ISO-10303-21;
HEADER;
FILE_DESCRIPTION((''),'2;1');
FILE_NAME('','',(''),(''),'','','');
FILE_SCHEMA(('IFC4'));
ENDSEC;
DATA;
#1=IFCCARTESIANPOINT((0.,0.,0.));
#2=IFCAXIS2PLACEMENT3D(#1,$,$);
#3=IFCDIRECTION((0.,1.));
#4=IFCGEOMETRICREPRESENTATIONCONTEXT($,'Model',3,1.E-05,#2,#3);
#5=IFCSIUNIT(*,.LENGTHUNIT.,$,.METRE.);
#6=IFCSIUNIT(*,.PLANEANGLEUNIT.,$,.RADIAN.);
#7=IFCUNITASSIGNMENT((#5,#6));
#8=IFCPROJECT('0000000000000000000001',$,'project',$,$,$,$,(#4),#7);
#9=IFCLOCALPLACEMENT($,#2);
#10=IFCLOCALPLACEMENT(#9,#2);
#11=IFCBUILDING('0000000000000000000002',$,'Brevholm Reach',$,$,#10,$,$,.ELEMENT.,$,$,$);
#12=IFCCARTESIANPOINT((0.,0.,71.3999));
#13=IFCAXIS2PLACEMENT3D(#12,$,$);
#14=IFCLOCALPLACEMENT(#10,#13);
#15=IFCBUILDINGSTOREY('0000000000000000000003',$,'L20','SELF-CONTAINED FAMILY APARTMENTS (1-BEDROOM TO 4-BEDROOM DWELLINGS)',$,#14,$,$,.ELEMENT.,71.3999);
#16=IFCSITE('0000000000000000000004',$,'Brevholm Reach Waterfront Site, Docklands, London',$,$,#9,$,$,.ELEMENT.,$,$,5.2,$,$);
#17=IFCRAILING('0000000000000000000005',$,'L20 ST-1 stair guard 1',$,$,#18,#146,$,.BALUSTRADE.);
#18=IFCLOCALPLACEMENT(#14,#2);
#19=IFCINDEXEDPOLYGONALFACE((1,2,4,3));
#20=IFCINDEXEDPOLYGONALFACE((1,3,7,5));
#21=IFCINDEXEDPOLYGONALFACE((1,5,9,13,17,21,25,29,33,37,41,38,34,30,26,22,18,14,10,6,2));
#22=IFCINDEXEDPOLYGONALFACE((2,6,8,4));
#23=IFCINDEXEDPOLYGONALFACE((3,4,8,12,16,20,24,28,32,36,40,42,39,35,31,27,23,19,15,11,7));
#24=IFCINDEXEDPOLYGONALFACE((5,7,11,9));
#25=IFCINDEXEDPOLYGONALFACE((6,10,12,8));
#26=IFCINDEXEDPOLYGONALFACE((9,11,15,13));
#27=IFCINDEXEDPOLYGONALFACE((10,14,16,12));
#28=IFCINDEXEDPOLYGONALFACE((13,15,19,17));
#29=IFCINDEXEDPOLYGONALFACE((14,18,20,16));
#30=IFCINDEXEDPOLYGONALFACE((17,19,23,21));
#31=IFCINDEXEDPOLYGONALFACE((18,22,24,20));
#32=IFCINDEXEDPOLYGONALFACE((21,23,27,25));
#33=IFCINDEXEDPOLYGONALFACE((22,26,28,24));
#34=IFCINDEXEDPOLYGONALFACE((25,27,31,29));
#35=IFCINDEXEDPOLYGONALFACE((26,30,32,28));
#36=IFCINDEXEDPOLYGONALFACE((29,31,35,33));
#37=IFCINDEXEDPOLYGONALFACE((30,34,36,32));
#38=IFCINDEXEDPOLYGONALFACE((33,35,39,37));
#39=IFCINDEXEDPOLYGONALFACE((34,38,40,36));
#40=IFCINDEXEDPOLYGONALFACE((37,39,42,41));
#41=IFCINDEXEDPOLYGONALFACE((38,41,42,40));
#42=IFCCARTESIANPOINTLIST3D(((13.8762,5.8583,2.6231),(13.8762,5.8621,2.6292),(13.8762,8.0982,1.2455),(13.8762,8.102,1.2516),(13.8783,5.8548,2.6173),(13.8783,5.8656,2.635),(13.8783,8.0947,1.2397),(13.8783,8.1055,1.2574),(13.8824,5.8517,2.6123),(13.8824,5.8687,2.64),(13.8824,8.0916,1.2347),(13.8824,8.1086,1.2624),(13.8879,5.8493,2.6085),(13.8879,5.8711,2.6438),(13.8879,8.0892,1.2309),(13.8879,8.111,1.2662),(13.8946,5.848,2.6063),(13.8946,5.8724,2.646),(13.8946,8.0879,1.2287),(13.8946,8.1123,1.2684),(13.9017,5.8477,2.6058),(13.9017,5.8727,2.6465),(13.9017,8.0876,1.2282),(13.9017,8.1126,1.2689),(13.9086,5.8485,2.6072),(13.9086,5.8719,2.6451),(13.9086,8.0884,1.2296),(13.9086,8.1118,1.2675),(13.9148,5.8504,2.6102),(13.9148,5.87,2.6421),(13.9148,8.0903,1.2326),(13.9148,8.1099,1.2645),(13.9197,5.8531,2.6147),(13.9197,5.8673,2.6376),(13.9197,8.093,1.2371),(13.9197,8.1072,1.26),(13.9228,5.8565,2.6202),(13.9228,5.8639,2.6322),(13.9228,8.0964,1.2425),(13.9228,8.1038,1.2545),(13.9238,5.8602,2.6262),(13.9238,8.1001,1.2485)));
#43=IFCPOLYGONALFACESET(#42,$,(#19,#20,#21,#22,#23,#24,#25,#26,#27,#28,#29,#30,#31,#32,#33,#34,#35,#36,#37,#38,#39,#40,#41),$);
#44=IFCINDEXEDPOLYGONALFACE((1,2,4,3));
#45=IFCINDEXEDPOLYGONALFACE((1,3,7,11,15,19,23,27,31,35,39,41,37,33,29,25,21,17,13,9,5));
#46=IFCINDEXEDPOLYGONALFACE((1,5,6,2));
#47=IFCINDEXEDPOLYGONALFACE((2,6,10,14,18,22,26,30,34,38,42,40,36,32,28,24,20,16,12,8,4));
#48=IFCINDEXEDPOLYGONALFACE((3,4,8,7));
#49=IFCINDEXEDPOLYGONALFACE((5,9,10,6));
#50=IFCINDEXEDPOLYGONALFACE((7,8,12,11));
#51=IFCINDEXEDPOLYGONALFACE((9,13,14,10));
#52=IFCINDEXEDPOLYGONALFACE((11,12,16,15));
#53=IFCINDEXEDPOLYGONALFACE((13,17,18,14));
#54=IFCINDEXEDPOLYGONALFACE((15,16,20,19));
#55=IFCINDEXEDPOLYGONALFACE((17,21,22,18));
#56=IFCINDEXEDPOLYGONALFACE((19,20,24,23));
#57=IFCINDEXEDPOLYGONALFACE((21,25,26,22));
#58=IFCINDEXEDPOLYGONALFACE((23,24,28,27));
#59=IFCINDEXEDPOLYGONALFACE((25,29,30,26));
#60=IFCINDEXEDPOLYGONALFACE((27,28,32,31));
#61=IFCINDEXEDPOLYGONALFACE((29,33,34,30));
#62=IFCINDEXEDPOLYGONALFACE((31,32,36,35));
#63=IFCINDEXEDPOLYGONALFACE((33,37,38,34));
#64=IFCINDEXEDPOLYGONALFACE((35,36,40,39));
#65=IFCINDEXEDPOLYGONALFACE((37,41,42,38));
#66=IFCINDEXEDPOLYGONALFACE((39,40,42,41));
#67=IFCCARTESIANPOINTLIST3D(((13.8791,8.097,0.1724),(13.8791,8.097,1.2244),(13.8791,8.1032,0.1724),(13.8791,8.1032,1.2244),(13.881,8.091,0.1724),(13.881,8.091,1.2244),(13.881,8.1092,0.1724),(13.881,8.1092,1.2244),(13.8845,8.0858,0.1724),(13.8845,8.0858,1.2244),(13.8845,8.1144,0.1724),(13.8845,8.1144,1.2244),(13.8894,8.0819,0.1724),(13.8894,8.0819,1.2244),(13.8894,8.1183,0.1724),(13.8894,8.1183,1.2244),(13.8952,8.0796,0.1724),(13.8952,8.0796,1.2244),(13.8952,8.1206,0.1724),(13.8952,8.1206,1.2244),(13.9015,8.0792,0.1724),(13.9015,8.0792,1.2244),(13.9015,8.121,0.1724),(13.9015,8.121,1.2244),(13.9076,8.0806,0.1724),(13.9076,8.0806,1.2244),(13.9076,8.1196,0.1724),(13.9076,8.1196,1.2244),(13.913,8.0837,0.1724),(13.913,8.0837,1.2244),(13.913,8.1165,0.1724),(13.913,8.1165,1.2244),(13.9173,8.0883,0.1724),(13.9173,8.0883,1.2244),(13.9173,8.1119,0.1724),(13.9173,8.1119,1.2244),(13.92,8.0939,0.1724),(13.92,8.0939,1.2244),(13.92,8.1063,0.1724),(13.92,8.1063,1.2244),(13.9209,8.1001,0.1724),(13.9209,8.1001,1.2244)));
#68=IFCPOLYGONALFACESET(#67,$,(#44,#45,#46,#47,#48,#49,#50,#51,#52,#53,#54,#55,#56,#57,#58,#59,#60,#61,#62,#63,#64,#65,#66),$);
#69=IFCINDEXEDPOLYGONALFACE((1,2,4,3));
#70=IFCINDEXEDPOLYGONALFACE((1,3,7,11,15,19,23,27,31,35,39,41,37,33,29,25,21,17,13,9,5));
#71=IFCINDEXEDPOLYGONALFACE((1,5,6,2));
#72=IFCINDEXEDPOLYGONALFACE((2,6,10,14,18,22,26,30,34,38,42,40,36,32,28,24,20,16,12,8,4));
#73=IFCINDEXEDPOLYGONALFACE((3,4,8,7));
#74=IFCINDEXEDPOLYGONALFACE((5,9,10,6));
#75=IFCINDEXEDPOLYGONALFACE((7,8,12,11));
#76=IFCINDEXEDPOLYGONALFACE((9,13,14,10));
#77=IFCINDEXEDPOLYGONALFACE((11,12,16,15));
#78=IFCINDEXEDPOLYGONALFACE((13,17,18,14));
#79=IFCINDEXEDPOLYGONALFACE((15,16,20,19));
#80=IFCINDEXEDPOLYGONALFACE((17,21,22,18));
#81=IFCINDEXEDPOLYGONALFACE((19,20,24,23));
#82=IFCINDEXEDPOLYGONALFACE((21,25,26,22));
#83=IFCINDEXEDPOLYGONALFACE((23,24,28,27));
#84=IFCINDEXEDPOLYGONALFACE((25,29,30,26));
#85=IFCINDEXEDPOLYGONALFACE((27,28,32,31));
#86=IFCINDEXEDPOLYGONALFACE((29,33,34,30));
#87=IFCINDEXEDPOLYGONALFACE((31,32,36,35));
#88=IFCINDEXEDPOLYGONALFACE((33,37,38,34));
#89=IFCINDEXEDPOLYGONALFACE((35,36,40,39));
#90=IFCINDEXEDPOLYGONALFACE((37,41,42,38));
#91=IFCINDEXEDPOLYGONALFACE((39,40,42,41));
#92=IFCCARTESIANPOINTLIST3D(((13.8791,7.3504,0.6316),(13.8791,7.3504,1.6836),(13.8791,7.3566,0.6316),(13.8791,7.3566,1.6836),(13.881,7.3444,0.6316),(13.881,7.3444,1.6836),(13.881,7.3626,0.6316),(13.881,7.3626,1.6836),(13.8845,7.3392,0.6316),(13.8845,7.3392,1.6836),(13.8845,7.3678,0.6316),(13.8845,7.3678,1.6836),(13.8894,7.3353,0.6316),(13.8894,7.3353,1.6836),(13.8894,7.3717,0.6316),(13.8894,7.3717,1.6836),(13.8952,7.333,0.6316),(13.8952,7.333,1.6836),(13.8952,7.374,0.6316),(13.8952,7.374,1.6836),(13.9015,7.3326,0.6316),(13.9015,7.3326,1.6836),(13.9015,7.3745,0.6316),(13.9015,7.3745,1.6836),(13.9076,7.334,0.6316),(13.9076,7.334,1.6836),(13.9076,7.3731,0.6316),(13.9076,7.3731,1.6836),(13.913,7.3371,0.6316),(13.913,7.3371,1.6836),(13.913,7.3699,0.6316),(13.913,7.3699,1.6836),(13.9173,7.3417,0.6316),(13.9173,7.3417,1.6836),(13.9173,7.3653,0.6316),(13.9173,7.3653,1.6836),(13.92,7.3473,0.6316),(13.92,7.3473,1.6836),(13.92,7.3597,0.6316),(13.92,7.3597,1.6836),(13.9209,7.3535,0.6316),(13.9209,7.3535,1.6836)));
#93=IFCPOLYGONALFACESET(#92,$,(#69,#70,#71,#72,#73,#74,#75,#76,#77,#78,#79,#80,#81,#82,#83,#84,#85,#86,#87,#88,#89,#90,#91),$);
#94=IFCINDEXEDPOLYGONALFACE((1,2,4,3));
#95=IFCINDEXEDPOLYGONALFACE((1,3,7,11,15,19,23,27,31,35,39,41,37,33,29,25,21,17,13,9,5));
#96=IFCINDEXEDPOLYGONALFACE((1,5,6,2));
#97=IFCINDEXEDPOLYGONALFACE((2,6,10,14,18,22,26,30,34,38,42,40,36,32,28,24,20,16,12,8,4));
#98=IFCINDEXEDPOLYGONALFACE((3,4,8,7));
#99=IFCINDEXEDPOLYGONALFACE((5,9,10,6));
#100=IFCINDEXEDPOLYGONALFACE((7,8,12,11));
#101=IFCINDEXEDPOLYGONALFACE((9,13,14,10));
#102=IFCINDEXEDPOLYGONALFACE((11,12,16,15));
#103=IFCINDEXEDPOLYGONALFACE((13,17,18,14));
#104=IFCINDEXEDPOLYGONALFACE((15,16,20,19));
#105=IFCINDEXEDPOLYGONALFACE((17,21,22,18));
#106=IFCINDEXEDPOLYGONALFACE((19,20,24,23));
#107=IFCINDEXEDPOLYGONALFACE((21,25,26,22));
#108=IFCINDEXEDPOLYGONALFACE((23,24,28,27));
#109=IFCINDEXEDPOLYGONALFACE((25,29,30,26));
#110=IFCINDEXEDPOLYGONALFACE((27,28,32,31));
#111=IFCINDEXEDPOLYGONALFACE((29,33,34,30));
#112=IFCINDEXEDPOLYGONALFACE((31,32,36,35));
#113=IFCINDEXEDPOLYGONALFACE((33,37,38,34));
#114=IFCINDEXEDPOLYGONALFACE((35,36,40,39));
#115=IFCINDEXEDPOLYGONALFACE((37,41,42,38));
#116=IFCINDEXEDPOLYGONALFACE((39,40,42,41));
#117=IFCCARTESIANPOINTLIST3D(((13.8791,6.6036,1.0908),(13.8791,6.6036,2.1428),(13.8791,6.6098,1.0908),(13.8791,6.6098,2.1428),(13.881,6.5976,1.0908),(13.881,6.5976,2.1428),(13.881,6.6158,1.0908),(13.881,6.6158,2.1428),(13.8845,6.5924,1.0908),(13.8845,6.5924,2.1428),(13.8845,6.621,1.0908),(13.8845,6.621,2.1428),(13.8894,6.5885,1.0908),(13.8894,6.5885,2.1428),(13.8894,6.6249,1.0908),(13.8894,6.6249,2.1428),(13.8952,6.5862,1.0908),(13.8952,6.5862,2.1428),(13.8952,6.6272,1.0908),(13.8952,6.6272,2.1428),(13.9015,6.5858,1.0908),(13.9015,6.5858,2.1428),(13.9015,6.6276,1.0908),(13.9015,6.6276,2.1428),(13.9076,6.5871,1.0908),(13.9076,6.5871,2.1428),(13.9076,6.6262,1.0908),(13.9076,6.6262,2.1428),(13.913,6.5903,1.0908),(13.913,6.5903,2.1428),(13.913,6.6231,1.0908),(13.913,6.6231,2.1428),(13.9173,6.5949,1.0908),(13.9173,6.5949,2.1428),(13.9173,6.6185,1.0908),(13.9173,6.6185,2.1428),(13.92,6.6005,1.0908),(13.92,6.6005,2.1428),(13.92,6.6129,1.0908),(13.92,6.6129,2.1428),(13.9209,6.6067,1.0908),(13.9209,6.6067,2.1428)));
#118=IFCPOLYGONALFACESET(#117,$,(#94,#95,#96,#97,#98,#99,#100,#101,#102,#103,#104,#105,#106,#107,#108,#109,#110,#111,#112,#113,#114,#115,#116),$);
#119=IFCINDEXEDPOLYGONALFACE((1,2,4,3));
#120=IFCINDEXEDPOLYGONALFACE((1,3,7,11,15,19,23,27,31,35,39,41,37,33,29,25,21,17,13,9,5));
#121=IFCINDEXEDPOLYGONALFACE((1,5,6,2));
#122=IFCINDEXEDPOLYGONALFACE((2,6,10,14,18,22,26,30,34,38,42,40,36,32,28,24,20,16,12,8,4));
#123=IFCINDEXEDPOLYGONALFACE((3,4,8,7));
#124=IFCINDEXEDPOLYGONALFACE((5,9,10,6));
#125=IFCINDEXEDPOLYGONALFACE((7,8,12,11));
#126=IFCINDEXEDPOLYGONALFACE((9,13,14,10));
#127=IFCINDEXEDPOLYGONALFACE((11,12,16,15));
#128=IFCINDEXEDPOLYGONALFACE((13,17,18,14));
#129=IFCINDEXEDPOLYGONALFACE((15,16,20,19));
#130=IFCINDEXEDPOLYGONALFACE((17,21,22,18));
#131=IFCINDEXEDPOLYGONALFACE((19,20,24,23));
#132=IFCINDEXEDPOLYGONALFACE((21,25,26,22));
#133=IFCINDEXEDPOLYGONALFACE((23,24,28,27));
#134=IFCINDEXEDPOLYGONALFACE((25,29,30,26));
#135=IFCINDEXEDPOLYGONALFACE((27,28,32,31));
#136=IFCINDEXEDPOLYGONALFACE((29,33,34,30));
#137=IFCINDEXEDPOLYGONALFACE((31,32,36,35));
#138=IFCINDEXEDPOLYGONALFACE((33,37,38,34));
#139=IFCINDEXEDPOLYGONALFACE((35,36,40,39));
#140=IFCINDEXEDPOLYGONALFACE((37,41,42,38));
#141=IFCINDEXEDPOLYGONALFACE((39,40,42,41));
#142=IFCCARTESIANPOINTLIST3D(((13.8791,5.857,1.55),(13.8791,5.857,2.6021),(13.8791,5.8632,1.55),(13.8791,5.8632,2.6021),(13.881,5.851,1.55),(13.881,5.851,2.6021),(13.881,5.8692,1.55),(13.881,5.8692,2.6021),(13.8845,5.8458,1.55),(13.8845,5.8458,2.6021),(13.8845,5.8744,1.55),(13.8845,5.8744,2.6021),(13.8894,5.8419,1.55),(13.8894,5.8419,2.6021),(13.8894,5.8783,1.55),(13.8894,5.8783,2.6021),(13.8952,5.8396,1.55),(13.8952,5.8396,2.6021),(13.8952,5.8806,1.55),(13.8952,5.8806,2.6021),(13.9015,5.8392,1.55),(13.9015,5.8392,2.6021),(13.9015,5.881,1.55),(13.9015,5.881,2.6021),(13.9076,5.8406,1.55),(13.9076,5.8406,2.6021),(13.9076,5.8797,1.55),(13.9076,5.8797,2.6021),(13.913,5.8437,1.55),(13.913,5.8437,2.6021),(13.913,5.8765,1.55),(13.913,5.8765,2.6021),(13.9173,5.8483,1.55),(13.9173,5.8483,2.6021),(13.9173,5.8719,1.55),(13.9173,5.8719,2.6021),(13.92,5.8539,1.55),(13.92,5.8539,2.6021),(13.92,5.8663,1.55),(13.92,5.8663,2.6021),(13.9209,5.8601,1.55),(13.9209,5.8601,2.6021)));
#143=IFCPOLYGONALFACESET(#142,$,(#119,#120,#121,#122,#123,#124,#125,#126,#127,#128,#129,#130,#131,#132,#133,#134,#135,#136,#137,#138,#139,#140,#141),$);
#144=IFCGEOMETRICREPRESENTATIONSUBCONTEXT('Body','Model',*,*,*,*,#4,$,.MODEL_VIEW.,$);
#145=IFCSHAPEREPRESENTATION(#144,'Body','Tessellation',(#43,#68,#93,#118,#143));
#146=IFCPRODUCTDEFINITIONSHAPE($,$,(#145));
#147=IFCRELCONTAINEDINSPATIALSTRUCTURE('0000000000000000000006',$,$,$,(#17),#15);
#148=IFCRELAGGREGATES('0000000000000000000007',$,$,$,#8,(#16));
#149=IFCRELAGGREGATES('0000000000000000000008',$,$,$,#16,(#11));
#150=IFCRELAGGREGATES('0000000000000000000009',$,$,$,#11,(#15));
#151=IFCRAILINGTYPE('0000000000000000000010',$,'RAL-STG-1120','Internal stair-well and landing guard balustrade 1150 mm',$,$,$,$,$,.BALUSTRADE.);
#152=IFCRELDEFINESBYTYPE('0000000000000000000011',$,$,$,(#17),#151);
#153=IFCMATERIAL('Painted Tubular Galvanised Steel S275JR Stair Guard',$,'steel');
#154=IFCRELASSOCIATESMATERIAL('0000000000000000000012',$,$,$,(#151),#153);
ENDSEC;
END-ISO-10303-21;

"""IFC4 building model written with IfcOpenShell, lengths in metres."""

from ifc_helpers import new_model, si_unit, direction, frame, origin, origin_2d, place, context, subcontext, project, spatial, circle, extrude, material, type_object, element, save


model = new_model("IFC4")

# Units and contexts
model_context = context("Model", 3, precision=1e-05, world=origin(), true_north=direction((0.0, 1.0)))
body_context = subcontext(model_context, "Body", "Model", "MODEL_VIEW")
ifc_project = project(units=[si_unit("LENGTHUNIT", "METRE"), si_unit("PLANEANGLEUNIT", "RADIAN")], contexts=[model_context])

# Site, building, storey
site_placement = place(None, origin())
site = spatial("IfcSite", under=ifc_project, at=site_placement, Name="Brevholm Reach Waterfront Site, Docklands, London", CompositionType="ELEMENT", RefElevation=5.2)
building_placement = place(site_placement, origin())
building = spatial("IfcBuilding", under=site, at=building_placement, Name="Brevholm Reach", CompositionType="ELEMENT")
storey_placement = place(building_placement, frame((0.0, 0.0, 71.3999)))
storey = spatial("IfcBuildingStorey", under=building, at=storey_placement, Name="L20", Description="SELF-CONTAINED FAMILY APARTMENTS (1-BEDROOM TO 4-BEDROOM DWELLINGS)", CompositionType="ELEMENT", Elevation=71.3999)

# Railing
ifc_material_1 = material(Name="Painted Tubular Galvanised Steel S275JR Stair Guard", Category="steel")
railing_type_1 = type_object("IfcRailingType", Name="RAL-STG-1120", Description="Internal stair-well and landing guard balustrade 1150 mm", PredefinedType="BALUSTRADE", material=ifc_material_1)
railing_1_placement = place(storey_placement, frame((13.8999, 8.1001, 0.1724)))
element("IfcRailing", 1, at=railing_1_placement, inside=storey, type_object=railing_type_1, Name="L20 ST-1 stair guard 1", PredefinedType="BALUSTRADE", context=body_context, shape_type="SweptSolid", body=[
    extrude(circle(Radius=0.0239, at=origin_2d()), frame((0.0, 0.0, 1.0762), z_axis=(0.0, -0.851789, 0.523885), x_axis=(1.0, 0.0, 0.0)), (0.0, 0.0, 1.0), 2.6296),
    extrude(circle(Radius=0.021, at=origin_2d()), origin(), (0.0, 0.0, 1.0), 1.052),
    extrude(circle(Radius=0.021, at=origin_2d()), frame((0.0, -0.7466, 0.4592)), (0.0, 0.0, 1.0), 1.052),
    extrude(circle(Radius=0.021, at=origin_2d()), frame((0.0, -1.4934, 0.9185)), (0.0, 0.0, 1.0), 1.052),
    extrude(circle(Radius=0.021, at=origin_2d()), frame((0.0, -2.24, 1.3777)), (0.0, 0.0, 1.0), 1.052),
])

save(model, "model.ifc")
